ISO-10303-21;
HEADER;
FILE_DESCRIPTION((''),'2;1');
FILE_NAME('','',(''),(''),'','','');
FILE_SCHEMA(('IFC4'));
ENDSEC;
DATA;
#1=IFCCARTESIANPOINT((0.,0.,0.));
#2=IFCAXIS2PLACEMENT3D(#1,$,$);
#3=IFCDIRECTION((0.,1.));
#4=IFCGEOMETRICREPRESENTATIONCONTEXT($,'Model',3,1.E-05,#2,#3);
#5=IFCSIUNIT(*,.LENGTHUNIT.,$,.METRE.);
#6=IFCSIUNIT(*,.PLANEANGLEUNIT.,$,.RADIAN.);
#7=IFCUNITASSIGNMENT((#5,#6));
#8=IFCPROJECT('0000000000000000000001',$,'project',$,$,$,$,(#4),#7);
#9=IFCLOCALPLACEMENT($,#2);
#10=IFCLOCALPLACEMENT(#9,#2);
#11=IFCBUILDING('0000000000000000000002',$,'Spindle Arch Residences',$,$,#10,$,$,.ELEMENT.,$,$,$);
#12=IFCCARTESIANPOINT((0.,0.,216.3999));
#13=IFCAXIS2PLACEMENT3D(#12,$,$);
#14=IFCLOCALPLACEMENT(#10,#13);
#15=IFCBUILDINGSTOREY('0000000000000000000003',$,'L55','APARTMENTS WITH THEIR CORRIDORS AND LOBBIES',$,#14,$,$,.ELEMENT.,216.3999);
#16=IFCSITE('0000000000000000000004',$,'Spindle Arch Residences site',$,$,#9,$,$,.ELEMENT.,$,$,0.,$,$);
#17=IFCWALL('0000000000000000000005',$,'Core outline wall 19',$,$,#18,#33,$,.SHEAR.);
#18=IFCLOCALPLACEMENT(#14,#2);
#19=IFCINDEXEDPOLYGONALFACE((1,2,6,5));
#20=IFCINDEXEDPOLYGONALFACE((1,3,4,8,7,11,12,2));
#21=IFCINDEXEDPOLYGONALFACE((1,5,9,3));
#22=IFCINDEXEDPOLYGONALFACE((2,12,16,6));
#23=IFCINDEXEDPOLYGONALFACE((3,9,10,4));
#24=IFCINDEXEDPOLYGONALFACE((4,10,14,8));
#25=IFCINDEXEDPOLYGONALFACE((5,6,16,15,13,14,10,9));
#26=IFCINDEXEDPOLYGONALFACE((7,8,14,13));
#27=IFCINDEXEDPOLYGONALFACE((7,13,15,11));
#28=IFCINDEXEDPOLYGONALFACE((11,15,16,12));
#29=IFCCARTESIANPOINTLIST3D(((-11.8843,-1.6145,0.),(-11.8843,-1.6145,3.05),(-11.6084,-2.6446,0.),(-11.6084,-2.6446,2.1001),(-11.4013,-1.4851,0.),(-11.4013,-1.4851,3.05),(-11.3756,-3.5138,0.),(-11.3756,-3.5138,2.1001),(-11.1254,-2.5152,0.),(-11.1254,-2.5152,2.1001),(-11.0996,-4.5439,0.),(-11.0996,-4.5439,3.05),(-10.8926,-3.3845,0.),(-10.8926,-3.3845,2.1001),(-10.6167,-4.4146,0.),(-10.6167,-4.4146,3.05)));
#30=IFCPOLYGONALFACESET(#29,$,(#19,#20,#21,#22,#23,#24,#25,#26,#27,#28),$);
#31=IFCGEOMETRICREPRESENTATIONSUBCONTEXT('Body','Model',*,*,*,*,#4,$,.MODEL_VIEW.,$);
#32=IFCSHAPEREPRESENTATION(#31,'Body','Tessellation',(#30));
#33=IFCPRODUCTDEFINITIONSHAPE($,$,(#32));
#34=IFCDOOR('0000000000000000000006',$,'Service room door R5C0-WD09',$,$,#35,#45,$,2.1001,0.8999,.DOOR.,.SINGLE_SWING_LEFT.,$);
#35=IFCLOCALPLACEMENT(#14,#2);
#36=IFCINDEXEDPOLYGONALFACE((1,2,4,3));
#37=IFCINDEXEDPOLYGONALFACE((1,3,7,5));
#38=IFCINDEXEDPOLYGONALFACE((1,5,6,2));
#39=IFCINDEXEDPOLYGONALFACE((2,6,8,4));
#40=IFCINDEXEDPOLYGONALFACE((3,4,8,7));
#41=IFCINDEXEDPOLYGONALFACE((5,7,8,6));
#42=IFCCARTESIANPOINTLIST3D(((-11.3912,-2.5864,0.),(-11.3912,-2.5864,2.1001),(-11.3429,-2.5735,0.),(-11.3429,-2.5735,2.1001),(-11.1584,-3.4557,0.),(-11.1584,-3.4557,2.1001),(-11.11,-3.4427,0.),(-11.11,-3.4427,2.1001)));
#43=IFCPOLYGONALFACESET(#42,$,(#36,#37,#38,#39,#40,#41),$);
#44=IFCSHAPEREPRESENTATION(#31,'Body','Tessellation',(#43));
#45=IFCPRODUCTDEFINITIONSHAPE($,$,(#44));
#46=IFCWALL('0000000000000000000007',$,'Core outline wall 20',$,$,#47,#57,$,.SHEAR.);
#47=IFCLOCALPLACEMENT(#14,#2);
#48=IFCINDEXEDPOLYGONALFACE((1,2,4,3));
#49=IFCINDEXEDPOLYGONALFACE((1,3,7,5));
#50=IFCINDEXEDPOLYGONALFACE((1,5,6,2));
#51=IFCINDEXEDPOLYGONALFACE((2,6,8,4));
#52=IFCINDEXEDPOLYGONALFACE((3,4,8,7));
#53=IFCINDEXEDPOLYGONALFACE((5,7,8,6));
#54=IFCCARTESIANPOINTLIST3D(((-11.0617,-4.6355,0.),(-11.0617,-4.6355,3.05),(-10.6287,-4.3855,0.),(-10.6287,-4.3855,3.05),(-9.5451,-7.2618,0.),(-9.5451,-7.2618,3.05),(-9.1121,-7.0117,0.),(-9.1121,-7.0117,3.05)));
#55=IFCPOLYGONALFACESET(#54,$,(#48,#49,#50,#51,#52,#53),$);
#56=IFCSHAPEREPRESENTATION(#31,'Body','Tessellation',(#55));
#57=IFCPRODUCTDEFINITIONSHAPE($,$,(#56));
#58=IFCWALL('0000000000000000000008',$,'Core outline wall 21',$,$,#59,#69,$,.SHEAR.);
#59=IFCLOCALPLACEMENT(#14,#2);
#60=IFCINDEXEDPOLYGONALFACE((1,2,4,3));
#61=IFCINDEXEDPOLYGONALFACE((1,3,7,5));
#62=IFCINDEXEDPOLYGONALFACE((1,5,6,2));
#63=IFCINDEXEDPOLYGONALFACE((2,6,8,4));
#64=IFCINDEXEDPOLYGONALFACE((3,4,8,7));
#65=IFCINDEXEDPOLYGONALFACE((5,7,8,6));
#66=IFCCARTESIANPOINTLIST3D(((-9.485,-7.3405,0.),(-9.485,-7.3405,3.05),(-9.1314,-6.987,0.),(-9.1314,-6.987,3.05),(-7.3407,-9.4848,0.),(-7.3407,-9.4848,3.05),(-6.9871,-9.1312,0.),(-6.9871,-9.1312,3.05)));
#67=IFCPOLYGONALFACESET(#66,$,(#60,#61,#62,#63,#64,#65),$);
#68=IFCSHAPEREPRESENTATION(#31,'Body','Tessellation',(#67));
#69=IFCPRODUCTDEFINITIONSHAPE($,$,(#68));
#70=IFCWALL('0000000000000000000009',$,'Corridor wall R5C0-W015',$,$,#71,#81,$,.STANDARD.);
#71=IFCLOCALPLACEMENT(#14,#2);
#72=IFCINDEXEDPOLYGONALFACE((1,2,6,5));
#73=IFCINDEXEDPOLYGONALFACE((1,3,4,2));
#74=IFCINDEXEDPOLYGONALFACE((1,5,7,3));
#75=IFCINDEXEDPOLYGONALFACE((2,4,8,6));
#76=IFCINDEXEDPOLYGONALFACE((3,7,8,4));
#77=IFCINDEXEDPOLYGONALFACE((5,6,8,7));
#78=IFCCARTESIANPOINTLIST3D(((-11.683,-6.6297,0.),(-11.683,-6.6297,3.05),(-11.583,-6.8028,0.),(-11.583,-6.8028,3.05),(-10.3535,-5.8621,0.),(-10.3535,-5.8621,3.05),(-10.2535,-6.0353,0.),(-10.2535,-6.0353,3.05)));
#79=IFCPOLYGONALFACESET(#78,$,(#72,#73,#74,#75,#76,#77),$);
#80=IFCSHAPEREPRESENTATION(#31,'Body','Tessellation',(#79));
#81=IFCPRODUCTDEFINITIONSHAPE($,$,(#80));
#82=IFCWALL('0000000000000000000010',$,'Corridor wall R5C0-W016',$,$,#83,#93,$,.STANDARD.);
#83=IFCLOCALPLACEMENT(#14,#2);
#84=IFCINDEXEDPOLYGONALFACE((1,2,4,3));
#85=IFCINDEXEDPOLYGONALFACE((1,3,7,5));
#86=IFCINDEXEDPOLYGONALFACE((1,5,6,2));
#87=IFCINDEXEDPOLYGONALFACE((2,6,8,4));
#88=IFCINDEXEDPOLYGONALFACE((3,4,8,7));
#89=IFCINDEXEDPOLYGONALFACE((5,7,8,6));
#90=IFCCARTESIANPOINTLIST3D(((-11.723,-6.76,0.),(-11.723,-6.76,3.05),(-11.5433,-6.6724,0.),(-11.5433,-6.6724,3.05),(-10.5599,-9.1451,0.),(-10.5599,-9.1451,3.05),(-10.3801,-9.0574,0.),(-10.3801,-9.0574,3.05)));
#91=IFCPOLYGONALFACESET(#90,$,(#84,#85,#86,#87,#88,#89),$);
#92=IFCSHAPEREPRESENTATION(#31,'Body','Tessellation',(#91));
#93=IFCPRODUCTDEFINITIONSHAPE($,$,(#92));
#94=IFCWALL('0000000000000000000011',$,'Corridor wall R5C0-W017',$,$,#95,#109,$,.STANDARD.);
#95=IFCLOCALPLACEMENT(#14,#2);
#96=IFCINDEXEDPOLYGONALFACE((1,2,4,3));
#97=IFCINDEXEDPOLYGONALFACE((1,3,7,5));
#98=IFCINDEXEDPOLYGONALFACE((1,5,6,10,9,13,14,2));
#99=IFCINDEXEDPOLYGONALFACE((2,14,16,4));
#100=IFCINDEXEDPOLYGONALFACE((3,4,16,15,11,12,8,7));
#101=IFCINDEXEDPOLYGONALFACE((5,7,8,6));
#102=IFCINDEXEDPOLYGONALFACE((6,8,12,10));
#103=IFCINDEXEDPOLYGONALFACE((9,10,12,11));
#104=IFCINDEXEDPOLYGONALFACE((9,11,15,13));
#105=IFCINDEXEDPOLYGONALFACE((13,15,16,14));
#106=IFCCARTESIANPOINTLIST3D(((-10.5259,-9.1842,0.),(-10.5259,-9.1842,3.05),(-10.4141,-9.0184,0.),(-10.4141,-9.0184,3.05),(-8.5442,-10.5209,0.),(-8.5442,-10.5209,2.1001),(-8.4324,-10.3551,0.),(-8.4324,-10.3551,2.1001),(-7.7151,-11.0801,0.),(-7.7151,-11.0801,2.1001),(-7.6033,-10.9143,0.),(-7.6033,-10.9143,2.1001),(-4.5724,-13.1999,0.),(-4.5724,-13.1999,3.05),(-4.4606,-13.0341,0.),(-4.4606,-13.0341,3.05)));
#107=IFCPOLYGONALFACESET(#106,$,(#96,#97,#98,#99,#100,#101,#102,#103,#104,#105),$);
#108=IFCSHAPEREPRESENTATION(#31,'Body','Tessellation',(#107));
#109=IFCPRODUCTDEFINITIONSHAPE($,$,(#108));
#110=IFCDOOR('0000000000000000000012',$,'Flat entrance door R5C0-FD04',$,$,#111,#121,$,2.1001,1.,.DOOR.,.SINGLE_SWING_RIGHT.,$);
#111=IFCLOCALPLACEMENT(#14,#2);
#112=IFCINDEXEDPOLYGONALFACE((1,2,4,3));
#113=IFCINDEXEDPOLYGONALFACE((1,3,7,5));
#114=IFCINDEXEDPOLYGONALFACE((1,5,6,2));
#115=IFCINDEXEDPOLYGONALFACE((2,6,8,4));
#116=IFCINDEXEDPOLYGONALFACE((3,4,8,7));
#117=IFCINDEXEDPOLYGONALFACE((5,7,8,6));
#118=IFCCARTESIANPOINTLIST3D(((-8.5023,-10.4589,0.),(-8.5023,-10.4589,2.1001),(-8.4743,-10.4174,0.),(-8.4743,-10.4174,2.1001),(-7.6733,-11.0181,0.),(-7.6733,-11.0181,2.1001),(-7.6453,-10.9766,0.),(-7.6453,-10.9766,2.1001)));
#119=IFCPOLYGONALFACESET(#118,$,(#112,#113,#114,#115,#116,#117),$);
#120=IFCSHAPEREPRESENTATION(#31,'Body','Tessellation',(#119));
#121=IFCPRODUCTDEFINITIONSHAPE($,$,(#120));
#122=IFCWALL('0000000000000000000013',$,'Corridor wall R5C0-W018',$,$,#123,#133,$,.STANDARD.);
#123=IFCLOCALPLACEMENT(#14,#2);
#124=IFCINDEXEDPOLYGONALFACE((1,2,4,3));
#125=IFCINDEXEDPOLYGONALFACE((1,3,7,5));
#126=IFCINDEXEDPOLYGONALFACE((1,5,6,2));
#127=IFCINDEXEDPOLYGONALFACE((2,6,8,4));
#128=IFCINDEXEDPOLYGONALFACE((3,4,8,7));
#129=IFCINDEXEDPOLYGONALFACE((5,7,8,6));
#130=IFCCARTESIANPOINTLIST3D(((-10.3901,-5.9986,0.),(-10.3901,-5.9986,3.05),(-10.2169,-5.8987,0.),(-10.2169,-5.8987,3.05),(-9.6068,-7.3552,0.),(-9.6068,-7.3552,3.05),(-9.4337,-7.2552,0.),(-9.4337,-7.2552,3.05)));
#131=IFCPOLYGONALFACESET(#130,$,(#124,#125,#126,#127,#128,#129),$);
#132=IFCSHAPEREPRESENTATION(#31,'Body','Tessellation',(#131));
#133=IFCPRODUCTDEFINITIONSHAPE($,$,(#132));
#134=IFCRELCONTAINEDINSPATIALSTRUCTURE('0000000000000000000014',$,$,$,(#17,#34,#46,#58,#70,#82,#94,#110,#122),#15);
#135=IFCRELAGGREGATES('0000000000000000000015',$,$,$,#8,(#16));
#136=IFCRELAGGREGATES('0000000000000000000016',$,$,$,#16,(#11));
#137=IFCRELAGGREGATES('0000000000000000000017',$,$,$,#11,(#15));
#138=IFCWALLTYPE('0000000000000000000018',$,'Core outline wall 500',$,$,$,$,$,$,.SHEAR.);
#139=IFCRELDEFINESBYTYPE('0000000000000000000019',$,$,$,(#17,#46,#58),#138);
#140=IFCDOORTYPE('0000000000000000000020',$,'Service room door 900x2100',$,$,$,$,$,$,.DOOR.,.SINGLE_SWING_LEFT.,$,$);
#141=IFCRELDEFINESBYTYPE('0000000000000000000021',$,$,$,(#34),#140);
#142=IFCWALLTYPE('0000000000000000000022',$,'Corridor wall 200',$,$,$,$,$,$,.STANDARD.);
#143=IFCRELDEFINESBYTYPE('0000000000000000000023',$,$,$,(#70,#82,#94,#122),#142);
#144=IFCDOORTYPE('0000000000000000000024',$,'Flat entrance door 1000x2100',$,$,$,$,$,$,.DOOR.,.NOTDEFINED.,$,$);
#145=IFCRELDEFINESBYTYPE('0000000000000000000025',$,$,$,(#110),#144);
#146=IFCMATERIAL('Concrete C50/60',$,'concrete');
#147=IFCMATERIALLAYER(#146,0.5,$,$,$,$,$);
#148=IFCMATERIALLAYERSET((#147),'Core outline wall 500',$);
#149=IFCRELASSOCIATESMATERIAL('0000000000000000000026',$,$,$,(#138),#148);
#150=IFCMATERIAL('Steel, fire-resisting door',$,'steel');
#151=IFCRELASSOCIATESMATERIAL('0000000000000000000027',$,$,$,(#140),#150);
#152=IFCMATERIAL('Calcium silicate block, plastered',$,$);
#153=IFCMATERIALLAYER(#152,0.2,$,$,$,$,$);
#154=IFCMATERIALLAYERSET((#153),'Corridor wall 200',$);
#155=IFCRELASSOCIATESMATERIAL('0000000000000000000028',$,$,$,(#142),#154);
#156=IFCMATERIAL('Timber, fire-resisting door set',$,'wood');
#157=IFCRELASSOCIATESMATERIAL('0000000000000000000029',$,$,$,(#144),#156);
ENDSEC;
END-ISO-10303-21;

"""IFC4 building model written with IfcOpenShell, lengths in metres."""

from ifc_helpers import new_model, si_unit, direction, frame, frame_2d, origin, place, context, subcontext, project, spatial, rectangle, extrude, material, layer, layer_set, type_object, element, fill, save


model = new_model("IFC4")

# Units and contexts
model_context = context("Model", 3, precision=1e-05, world=origin(), true_north=direction((0.0, 1.0)))
body_context = subcontext(model_context, "Body", "Model", "MODEL_VIEW")
ifc_project = project(units=[si_unit("LENGTHUNIT", "METRE"), si_unit("PLANEANGLEUNIT", "RADIAN")], contexts=[model_context])

# Site, building, storey
site_placement = place(None, origin())
site = spatial("IfcSite", under=ifc_project, at=site_placement, Name="Spindle Arch Residences site", CompositionType="ELEMENT", RefElevation=0.0)
building_placement = place(site_placement, origin())
building = spatial("IfcBuilding", under=site, at=building_placement, Name="Spindle Arch Residences", CompositionType="ELEMENT")
storey_placement = place(building_placement, frame((0.0, 0.0, 216.3999)))
storey = spatial("IfcBuildingStorey", under=building, at=storey_placement, Name="L55", Description="APARTMENTS WITH THEIR CORRIDORS AND LOBBIES", CompositionType="ELEMENT", Elevation=216.3999)

# Wall, opening, door
ifc_material_1 = material(Name="Concrete C50/60", Category="concrete")
ifc_layer_1 = layer(ifc_material_1, 0.5)
ifc_layer_set_1 = layer_set([ifc_layer_1], Name="Core outline wall 500")
wall_type_1 = type_object("IfcWallType", Name="Core outline wall 500", PredefinedType="SHEAR", material=ifc_layer_set_1)
wall_1_placement = place(storey_placement, frame((-11.6428, -1.5498, 0.0), z_axis=(0.0, 0.0, 1.0), x_axis=(0.258735, -0.965948, 0.0)))
wall_1 = element("IfcWall", 1, at=wall_1_placement, inside=storey, type_object=wall_type_1, Name="Core outline wall 19", PredefinedType="SHEAR", context=body_context, shape_type="SweptSolid", body=[
    extrude(rectangle(XDim=3.0327, YDim=0.5, at=frame_2d((1.5164, 0.0))), origin(), (0.0, 0.0, 1.0), 3.05),
])
opening_1_placement = place(wall_1_placement, frame((1.0664, 0.0, 0.0)))
opening_1 = element("IfcOpeningElement", 2, at=opening_1_placement, cuts=wall_1, PredefinedType="OPENING", context=body_context, shape_type="SweptSolid", body=[
    extrude(rectangle(XDim=0.8999, YDim=2.1001, at=frame_2d((0.45, 1.05))), frame((0.0, 0.26, 0.0), z_axis=(0.0, -1.0, 0.0), x_axis=(1.0, 0.0, 0.0)), (0.0, 0.0, 1.0), 0.52),
])
ifc_material_2 = material(Name="Steel, fire-resisting door", Category="steel")
door_type_1 = type_object("IfcDoorType", Name="Service room door 900x2100", OperationType="SINGLE_SWING_LEFT", PredefinedType="DOOR", material=ifc_material_2)
door_1_placement = place(opening_1_placement, origin())
door_1 = element("IfcDoor", 3, at=door_1_placement, inside=storey, type_object=door_type_1, Name="Service room door R5C0-WD09", OperationType="SINGLE_SWING_LEFT", OverallHeight=2.1001, OverallWidth=0.8999, PredefinedType="DOOR", context=body_context, shape_type="SweptSolid", body=[
    extrude(rectangle(XDim=0.8999, YDim=2.1001, at=frame_2d((0.45, 1.05))), frame((0.0, 0.0249, 0.0), z_axis=(0.0, -1.0, 0.0), x_axis=(1.0, 0.0, 0.0)), (0.0, 0.0, 1.0), 0.05),
])
fill(opening_1, door_1)

# Walls
wall_2_placement = place(storey_placement, frame((-10.8452, -4.5105, 0.0), z_axis=(0.0, 0.0, 1.0), x_axis=(0.500087, -0.865975, 0.0)))
element("IfcWall", 4, at=wall_2_placement, inside=storey, type_object=wall_type_1, Name="Core outline wall 20", PredefinedType="SHEAR", context=body_context, shape_type="SweptSolid", body=[
    extrude(rectangle(XDim=3.0327, YDim=0.5, at=frame_2d((1.5164, 0.0))), origin(), (0.0, 0.0, 1.0), 3.05),
])
wall_3_placement = place(storey_placement, frame((-9.3081, -7.1638, 0.0), z_axis=(0.0, 0.0, 1.0), x_axis=(0.707107, -0.707107, 0.0)))
element("IfcWall", 5, at=wall_3_placement, inside=storey, type_object=wall_type_1, Name="Core outline wall 21", PredefinedType="SHEAR", context=body_context, shape_type="SweptSolid", body=[
    extrude(rectangle(XDim=3.0325, YDim=0.5, at=frame_2d((1.5161, 0.0))), origin(), (0.0, 0.0, 1.0), 3.05),
])
ifc_material_3 = material(Name="Calcium silicate block, plastered")
ifc_layer_2 = layer(ifc_material_3, 0.2)
ifc_layer_set_2 = layer_set([ifc_layer_2], Name="Corridor wall 200")
wall_type_2 = type_object("IfcWallType", Name="Corridor wall 200", PredefinedType="STANDARD", material=ifc_layer_set_2)
wall_4_placement = place(storey_placement, frame((-10.3035, -5.9487, 0.0), z_axis=(0.0, 0.0, 1.0), x_axis=(-0.866043, -0.49997, 0.0)))
element("IfcWall", 6, at=wall_4_placement, inside=storey, type_object=wall_type_2, Name="Corridor wall R5C0-W015", PredefinedType="STANDARD", context=body_context, shape_type="SweptSolid", body=[
    extrude(rectangle(XDim=1.5352, YDim=0.2, at=frame_2d((0.7676, 0.0))), origin(), (0.0, 0.0, 1.0), 3.05),
])
wall_5_placement = place(storey_placement, frame((-11.6331, -6.7163, 0.0), z_axis=(0.0, 0.0, 1.0), x_axis=(0.438322, -0.898818, 0.0)))
element("IfcWall", 7, at=wall_5_placement, inside=storey, type_object=wall_type_2, Name="Corridor wall R5C0-W016", PredefinedType="STANDARD", context=body_context, shape_type="SweptSolid", body=[
    extrude(rectangle(XDim=2.6536, YDim=0.2, at=frame_2d((1.3267, 0.0))), origin(), (0.0, 0.0, 1.0), 3.05),
])

# Wall, opening, door
wall_6_placement = place(storey_placement, frame((-10.47, -9.1013, 0.0), z_axis=(0.0, 0.0, 1.0), x_axis=(0.829036, -0.559195, 0.0)))
wall_6 = element("IfcWall", 8, at=wall_6_placement, inside=storey, type_object=wall_type_2, Name="Corridor wall R5C0-W017", PredefinedType="STANDARD", context=body_context, shape_type="SweptSolid", body=[
    extrude(rectangle(XDim=7.1812, YDim=0.2, at=frame_2d((3.5906, 0.0))), origin(), (0.0, 0.0, 1.0), 3.05),
])
opening_2_placement = place(wall_6_placement, frame((2.3904, 0.0, 0.0)))
opening_2 = element("IfcOpeningElement", 9, at=opening_2_placement, cuts=wall_6, PredefinedType="OPENING", context=body_context, shape_type="SweptSolid", body=[
    extrude(rectangle(XDim=1.0, YDim=2.1001, at=frame_2d((0.5, 1.05))), frame((0.0, 0.1099, 0.0), z_axis=(0.0, -1.0, 0.0), x_axis=(1.0, 0.0, 0.0)), (0.0, 0.0, 1.0), 0.22),
])
ifc_material_4 = material(Name="Timber, fire-resisting door set", Category="wood")
door_type_2 = type_object("IfcDoorType", Name="Flat entrance door 1000x2100", OperationType="NOTDEFINED", PredefinedType="DOOR", material=ifc_material_4)
door_2_placement = place(opening_2_placement, origin())
door_2 = element("IfcDoor", 10, at=door_2_placement, inside=storey, type_object=door_type_2, Name="Flat entrance door R5C0-FD04", OperationType="SINGLE_SWING_RIGHT", OverallHeight=2.1001, OverallWidth=1.0, PredefinedType="DOOR", context=body_context, shape_type="SweptSolid", body=[
    extrude(rectangle(XDim=1.0, YDim=2.1001, at=frame_2d((0.5, 1.05))), frame((0.0, 0.0249, 0.0), z_axis=(0.0, -1.0, 0.0), x_axis=(1.0, 0.0, 0.0)), (0.0, 0.0, 1.0), 0.05),
])
fill(opening_2, door_2)

# Wall
wall_7_placement = place(storey_placement, frame((-9.5203, -7.3052, 0.0), z_axis=(0.0, 0.0, 1.0), x_axis=(-0.500028, 0.866009, 0.0)))
element("IfcWall", 11, at=wall_7_placement, inside=storey, type_object=wall_type_2, Name="Corridor wall R5C0-W018", PredefinedType="STANDARD", context=body_context, shape_type="SweptSolid", body=[
    extrude(rectangle(XDim=1.5664, YDim=0.2, at=frame_2d((0.7832, 0.0))), origin(), (0.0, 0.0, 1.0), 3.05),
])

save(model, "model.ifc")
